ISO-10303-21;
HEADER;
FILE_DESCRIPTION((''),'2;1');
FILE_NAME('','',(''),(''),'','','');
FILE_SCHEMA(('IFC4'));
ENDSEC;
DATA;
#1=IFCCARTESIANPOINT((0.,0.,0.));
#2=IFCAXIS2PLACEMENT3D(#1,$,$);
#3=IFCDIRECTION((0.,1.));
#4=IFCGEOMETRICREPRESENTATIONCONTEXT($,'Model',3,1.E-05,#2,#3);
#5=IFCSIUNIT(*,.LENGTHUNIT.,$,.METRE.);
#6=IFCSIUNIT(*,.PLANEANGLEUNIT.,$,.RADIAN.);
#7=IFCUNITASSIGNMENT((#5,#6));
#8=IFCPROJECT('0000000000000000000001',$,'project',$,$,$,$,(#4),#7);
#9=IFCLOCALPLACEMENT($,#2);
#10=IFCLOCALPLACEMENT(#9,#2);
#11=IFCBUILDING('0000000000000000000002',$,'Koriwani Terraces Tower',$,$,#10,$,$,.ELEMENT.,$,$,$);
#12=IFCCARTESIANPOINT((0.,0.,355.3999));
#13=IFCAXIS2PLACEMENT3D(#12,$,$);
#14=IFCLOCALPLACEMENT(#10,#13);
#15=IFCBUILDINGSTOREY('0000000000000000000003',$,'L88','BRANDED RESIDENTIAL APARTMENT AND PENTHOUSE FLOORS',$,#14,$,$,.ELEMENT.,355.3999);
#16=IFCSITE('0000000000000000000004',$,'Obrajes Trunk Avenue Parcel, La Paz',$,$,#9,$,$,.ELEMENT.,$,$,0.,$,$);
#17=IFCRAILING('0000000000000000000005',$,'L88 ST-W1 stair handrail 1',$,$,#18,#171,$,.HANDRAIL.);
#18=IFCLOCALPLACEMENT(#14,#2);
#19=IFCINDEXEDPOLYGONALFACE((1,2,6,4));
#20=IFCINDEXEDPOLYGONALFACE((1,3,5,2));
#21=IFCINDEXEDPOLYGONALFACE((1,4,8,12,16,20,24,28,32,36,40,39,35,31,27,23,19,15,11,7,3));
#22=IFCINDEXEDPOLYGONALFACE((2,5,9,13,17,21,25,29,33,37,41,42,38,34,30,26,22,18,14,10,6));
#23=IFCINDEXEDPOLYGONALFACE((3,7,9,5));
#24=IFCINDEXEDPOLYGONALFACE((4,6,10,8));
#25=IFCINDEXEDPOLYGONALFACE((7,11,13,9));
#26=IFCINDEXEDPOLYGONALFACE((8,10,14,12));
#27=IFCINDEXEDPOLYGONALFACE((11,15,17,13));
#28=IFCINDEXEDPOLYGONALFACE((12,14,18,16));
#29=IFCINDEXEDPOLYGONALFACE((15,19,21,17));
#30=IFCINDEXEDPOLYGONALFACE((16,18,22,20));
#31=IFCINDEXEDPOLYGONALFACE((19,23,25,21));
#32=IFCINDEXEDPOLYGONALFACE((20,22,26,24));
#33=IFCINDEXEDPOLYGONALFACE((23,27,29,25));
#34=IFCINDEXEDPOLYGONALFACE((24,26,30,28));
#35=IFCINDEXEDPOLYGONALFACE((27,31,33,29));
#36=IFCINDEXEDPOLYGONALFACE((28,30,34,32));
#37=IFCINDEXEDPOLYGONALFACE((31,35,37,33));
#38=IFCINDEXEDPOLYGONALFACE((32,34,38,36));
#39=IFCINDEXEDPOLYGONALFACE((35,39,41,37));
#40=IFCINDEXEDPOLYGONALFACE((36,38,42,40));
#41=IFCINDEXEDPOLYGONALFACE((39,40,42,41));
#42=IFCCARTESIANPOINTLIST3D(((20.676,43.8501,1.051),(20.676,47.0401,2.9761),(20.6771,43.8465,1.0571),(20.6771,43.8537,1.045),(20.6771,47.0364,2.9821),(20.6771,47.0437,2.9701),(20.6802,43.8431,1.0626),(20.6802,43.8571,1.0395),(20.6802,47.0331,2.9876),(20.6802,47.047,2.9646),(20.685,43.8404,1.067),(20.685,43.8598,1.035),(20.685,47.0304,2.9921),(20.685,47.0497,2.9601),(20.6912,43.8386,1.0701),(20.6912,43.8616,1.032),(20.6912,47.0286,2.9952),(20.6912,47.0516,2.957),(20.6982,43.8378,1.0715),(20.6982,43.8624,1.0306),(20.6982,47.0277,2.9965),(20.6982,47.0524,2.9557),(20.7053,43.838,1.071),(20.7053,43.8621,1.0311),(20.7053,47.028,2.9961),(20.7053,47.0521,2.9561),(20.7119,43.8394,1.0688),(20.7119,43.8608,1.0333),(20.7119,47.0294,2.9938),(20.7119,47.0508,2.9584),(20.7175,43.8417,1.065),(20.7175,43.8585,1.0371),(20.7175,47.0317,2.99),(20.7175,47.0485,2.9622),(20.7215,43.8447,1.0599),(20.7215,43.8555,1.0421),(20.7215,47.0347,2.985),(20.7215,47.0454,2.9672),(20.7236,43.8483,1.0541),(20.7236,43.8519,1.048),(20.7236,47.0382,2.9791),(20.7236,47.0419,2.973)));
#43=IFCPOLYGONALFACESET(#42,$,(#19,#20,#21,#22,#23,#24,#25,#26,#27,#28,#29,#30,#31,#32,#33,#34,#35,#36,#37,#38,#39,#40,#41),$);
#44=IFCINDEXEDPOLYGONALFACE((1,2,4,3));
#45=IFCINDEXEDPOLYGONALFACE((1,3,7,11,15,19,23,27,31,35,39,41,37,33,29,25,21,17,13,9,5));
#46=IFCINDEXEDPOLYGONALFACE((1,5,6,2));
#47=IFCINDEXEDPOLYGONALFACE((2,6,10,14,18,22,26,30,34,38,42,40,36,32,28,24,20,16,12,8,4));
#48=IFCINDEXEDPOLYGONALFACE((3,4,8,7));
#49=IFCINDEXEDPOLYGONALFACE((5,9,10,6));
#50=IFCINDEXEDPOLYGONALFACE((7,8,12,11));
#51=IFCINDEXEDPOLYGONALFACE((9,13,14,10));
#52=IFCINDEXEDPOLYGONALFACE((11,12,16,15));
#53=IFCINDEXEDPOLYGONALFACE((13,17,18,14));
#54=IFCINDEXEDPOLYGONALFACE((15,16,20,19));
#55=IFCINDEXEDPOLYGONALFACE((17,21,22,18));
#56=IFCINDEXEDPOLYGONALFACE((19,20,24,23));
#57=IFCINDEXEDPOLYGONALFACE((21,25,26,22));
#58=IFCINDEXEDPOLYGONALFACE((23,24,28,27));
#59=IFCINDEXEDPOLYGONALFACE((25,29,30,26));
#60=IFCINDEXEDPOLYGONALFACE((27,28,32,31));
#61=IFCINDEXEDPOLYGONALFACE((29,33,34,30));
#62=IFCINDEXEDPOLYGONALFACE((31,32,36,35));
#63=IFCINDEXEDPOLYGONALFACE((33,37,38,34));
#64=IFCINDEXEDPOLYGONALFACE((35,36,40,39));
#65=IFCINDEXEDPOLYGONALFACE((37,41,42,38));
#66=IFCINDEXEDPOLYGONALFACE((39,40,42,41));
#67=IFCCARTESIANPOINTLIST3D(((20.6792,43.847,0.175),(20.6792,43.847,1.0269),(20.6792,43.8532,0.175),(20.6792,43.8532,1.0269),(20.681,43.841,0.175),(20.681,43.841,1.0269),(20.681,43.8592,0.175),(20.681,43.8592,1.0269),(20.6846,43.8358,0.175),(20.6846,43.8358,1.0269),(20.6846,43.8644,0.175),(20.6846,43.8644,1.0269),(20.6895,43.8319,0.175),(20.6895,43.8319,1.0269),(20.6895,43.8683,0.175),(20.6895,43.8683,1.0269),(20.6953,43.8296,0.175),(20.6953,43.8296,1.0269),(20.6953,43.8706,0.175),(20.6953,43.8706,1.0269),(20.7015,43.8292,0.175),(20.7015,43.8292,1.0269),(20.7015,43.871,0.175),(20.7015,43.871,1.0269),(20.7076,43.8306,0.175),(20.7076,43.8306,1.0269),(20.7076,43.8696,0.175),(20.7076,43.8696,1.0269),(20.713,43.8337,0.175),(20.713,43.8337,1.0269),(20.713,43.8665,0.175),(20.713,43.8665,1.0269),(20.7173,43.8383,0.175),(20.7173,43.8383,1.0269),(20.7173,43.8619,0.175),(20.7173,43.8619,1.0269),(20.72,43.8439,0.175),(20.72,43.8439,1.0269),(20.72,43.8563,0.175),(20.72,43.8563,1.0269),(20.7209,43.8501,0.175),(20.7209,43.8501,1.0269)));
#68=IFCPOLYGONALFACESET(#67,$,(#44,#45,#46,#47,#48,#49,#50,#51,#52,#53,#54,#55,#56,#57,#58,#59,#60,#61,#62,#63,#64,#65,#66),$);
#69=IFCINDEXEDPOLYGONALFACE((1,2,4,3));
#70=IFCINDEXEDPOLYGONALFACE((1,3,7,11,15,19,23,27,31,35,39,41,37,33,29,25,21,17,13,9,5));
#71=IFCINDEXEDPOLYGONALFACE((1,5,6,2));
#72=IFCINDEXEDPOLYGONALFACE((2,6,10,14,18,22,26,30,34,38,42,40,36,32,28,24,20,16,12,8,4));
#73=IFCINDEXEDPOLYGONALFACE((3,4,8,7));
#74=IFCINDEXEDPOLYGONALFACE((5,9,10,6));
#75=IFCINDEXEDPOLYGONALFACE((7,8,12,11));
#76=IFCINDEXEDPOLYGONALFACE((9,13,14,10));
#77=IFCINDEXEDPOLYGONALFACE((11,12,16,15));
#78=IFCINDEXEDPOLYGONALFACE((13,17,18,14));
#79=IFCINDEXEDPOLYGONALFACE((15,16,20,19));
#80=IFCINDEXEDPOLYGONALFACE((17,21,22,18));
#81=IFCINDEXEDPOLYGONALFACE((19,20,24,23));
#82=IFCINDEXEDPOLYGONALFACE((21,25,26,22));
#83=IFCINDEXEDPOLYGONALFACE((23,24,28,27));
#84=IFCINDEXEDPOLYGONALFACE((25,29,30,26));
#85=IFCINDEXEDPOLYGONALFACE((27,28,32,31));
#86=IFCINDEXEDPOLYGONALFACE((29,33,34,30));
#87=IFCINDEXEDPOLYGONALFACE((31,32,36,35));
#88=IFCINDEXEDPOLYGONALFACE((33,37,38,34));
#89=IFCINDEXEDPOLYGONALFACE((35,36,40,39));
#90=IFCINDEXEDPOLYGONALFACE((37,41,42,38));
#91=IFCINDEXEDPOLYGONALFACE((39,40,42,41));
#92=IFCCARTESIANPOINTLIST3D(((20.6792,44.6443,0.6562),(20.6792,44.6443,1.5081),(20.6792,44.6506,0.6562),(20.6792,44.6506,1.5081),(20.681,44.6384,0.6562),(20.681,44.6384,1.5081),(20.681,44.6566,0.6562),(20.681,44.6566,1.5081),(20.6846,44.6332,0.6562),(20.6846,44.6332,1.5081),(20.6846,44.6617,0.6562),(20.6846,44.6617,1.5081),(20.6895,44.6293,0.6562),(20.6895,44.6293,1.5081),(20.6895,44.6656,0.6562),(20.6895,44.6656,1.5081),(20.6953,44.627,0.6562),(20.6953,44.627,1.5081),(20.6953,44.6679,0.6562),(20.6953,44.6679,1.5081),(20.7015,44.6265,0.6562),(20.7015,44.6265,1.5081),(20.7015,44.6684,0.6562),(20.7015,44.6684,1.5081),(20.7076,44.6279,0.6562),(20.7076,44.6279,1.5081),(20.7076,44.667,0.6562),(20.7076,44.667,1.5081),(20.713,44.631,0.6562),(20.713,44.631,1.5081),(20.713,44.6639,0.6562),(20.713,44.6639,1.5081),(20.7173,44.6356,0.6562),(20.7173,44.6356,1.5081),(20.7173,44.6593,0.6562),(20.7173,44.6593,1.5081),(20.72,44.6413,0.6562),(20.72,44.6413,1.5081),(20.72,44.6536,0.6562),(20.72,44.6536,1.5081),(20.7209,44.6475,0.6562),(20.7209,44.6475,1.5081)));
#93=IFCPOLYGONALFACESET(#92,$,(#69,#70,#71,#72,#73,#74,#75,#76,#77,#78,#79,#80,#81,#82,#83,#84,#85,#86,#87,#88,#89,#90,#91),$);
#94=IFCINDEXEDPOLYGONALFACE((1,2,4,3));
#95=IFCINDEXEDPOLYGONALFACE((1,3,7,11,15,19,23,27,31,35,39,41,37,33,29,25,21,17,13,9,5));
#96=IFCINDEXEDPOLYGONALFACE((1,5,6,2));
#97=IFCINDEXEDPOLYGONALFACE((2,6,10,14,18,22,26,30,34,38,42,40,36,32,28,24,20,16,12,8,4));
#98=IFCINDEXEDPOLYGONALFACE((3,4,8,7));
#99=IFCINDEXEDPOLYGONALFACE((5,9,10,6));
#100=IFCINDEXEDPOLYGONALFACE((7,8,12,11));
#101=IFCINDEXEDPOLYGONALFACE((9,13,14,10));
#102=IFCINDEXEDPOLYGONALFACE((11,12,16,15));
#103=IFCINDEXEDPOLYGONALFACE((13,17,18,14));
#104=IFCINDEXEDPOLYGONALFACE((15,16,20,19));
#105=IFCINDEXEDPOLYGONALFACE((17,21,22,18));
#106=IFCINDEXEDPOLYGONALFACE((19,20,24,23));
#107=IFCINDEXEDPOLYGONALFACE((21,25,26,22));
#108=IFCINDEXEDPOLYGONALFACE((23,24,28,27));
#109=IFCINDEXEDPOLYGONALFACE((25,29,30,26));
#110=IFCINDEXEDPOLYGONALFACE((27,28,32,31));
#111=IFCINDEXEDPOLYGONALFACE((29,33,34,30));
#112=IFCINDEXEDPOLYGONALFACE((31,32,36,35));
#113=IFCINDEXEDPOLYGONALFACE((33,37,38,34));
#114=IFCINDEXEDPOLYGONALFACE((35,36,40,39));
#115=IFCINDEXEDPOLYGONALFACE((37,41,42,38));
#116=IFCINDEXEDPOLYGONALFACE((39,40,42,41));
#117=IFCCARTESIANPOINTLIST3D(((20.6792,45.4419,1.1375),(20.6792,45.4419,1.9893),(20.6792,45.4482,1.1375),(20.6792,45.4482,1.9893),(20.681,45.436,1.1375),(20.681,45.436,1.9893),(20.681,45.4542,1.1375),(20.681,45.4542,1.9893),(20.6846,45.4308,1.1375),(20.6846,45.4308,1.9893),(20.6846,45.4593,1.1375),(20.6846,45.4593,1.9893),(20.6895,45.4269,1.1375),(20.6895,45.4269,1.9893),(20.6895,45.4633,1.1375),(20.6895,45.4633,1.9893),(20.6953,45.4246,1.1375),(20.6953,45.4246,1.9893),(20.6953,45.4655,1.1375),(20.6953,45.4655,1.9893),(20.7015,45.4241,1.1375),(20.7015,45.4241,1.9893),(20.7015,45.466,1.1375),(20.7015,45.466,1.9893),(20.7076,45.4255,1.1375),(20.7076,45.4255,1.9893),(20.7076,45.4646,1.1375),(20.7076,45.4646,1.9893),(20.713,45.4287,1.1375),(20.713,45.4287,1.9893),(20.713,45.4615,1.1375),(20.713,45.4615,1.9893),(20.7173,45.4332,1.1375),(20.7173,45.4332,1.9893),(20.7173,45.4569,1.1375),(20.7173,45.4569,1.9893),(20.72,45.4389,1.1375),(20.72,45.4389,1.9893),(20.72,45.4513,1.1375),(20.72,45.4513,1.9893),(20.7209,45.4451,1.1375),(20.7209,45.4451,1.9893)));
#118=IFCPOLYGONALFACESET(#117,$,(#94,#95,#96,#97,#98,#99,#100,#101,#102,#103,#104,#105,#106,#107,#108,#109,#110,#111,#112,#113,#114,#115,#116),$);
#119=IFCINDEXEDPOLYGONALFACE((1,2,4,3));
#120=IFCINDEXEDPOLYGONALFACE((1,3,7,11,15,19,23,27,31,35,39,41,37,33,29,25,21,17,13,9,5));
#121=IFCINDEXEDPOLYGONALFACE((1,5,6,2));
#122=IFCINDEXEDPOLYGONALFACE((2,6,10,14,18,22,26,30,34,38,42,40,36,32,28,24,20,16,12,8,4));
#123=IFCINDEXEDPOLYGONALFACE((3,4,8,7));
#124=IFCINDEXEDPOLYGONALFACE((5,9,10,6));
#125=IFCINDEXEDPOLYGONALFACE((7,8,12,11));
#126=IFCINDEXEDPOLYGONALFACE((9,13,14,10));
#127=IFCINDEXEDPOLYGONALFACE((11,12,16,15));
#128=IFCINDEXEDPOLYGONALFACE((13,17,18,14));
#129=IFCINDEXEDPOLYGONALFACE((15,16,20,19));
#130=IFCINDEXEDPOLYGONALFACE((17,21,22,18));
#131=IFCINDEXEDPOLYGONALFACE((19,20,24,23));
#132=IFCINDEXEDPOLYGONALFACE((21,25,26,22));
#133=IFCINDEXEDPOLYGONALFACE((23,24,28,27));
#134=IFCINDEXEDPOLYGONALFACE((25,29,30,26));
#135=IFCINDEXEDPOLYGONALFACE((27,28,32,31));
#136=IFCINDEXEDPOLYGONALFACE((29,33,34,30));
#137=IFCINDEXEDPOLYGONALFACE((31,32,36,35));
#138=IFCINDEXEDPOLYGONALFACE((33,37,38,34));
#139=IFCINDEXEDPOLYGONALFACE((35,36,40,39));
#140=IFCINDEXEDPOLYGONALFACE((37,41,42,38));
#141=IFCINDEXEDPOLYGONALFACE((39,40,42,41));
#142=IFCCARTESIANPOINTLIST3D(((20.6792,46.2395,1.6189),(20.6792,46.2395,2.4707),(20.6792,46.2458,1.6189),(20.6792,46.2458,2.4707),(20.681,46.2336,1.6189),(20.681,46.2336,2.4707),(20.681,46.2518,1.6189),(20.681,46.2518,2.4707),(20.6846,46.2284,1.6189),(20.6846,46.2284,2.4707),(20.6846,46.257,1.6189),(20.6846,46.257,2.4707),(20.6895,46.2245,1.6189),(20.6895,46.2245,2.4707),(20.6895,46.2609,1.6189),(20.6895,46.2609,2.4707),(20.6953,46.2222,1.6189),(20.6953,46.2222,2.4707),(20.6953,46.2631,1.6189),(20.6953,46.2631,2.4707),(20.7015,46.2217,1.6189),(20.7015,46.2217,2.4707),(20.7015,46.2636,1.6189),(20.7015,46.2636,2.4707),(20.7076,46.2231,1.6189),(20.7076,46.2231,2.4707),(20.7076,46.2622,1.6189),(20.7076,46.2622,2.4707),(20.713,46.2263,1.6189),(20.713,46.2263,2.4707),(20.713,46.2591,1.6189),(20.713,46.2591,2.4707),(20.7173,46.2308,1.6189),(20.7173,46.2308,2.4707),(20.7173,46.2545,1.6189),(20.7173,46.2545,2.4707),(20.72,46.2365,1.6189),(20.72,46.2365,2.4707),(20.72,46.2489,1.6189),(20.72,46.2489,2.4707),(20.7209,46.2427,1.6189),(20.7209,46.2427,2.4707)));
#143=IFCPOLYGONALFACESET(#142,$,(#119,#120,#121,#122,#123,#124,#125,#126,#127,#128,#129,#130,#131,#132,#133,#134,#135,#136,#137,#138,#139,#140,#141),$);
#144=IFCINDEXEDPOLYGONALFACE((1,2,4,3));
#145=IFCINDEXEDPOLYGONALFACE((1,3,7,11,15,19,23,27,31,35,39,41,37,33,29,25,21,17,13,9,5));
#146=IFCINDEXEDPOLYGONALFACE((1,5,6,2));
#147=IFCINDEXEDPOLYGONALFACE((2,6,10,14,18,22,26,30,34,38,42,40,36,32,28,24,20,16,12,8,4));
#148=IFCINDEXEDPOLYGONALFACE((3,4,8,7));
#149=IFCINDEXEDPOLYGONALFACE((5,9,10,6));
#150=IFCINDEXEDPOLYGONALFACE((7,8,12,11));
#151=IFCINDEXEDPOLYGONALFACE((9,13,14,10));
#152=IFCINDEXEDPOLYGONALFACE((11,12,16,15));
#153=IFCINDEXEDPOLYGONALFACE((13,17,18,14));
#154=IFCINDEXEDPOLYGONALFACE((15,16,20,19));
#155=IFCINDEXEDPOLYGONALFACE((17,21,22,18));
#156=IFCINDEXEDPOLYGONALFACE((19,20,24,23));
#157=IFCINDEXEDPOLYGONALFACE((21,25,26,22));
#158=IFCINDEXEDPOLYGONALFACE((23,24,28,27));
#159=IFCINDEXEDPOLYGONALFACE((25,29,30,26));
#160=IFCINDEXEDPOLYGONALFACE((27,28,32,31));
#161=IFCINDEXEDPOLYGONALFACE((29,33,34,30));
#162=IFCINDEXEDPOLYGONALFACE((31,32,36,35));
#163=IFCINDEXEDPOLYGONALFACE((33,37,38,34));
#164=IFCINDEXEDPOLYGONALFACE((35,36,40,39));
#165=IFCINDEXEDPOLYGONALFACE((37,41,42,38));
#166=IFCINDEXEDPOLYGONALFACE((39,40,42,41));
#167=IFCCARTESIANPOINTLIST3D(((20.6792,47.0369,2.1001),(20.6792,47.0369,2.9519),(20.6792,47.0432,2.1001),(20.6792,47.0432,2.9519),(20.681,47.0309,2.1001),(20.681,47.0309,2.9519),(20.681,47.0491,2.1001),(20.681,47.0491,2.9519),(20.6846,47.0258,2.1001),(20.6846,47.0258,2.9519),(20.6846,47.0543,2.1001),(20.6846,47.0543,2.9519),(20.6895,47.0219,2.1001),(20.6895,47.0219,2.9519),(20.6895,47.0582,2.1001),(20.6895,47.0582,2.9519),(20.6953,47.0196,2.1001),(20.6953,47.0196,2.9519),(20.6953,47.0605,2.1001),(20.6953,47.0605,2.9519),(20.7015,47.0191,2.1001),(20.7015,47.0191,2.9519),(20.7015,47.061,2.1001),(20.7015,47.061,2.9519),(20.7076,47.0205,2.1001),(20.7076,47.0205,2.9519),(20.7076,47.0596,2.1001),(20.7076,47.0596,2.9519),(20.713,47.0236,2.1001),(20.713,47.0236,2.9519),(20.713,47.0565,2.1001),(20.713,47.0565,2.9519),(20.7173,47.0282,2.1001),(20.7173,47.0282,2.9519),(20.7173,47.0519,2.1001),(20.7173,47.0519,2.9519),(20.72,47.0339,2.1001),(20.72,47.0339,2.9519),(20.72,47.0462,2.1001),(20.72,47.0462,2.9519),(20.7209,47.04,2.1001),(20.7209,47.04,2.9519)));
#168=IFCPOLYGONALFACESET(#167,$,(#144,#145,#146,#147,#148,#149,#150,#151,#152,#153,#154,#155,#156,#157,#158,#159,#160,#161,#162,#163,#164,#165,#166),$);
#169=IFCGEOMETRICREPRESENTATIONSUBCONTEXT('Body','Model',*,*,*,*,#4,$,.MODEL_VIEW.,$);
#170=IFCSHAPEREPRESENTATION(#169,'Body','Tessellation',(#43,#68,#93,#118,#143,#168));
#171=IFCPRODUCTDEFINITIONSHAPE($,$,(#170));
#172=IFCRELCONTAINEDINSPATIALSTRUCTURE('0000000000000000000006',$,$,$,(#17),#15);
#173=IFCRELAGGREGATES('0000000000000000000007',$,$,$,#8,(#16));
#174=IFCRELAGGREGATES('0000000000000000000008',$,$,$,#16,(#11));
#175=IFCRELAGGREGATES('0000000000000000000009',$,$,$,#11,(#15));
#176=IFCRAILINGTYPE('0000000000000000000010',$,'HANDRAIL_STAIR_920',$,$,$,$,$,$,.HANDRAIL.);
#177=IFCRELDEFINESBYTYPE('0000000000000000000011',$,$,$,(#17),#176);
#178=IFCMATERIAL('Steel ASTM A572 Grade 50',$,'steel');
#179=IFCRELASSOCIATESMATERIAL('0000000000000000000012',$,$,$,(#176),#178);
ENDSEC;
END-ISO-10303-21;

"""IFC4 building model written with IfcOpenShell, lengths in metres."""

from ifc_helpers import new_model, si_unit, direction, frame, origin, origin_2d, place, context, subcontext, project, spatial, circle, extrude, material, type_object, element, save


model = new_model("IFC4")

# Units and contexts
model_context = context("Model", 3, precision=1e-05, world=origin(), true_north=direction((0.0, 1.0)))
body_context = subcontext(model_context, "Body", "Model", "MODEL_VIEW")
ifc_project = project(units=[si_unit("LENGTHUNIT", "METRE"), si_unit("PLANEANGLEUNIT", "RADIAN")], contexts=[model_context])

# Site, building, storey
site_placement = place(None, origin())
site = spatial("IfcSite", under=ifc_project, at=site_placement, Name="Obrajes Trunk Avenue Parcel, La Paz", CompositionType="ELEMENT", RefElevation=0.0)
building_placement = place(site_placement, origin())
building = spatial("IfcBuilding", under=site, at=building_placement, Name="Koriwani Terraces Tower", CompositionType="ELEMENT")
storey_placement = place(building_placement, frame((0.0, 0.0, 355.3999)))
storey = spatial("IfcBuildingStorey", under=building, at=storey_placement, Name="L88", Description="BRANDED RESIDENTIAL APARTMENT AND PENTHOUSE FLOORS", CompositionType="ELEMENT", Elevation=355.3999)

# Shared definitions
ifc_material_1 = material(Name="Steel ASTM A572 Grade 50", Category="steel")

# Railing
railing_type_1 = type_object("IfcRailingType", Name="HANDRAIL_STAIR_920", PredefinedType="HANDRAIL", material=ifc_material_1)
railing_1_placement = place(storey_placement, frame((20.7, 43.8501, 0.175)))
element("IfcRailing", 1, at=railing_1_placement, inside=storey, type_object=railing_type_1, Name="L88 ST-W1 stair handrail 1", PredefinedType="HANDRAIL", context=body_context, shape_type="SweptSolid", body=[
    extrude(circle(Radius=0.0239, at=origin_2d()), frame((0.0, 0.0, 0.876), z_axis=(0.0, 0.856178, 0.516682), x_axis=(-1.0, 0.0, 0.0)), (0.0, 0.0, 1.0), 3.7258),
    extrude(circle(Radius=0.021, at=origin_2d()), origin(), (0.0, 0.0, 1.0), 0.8518),
    extrude(circle(Radius=0.021, at=origin_2d()), frame((0.0, 0.7974, 0.4812)), (0.0, 0.0, 1.0), 0.8518),
    extrude(circle(Radius=0.021, at=origin_2d()), frame((0.0, 1.595, 0.9624)), (0.0, 0.0, 1.0), 0.8518),
    extrude(circle(Radius=0.021, at=origin_2d()), frame((0.0, 2.3926, 1.4438)), (0.0, 0.0, 1.0), 0.8518),
    extrude(circle(Radius=0.021, at=origin_2d()), frame((0.0, 3.1899, 1.925)), (0.0, 0.0, 1.0), 0.8518),
])

save(model, "model.ifc")
